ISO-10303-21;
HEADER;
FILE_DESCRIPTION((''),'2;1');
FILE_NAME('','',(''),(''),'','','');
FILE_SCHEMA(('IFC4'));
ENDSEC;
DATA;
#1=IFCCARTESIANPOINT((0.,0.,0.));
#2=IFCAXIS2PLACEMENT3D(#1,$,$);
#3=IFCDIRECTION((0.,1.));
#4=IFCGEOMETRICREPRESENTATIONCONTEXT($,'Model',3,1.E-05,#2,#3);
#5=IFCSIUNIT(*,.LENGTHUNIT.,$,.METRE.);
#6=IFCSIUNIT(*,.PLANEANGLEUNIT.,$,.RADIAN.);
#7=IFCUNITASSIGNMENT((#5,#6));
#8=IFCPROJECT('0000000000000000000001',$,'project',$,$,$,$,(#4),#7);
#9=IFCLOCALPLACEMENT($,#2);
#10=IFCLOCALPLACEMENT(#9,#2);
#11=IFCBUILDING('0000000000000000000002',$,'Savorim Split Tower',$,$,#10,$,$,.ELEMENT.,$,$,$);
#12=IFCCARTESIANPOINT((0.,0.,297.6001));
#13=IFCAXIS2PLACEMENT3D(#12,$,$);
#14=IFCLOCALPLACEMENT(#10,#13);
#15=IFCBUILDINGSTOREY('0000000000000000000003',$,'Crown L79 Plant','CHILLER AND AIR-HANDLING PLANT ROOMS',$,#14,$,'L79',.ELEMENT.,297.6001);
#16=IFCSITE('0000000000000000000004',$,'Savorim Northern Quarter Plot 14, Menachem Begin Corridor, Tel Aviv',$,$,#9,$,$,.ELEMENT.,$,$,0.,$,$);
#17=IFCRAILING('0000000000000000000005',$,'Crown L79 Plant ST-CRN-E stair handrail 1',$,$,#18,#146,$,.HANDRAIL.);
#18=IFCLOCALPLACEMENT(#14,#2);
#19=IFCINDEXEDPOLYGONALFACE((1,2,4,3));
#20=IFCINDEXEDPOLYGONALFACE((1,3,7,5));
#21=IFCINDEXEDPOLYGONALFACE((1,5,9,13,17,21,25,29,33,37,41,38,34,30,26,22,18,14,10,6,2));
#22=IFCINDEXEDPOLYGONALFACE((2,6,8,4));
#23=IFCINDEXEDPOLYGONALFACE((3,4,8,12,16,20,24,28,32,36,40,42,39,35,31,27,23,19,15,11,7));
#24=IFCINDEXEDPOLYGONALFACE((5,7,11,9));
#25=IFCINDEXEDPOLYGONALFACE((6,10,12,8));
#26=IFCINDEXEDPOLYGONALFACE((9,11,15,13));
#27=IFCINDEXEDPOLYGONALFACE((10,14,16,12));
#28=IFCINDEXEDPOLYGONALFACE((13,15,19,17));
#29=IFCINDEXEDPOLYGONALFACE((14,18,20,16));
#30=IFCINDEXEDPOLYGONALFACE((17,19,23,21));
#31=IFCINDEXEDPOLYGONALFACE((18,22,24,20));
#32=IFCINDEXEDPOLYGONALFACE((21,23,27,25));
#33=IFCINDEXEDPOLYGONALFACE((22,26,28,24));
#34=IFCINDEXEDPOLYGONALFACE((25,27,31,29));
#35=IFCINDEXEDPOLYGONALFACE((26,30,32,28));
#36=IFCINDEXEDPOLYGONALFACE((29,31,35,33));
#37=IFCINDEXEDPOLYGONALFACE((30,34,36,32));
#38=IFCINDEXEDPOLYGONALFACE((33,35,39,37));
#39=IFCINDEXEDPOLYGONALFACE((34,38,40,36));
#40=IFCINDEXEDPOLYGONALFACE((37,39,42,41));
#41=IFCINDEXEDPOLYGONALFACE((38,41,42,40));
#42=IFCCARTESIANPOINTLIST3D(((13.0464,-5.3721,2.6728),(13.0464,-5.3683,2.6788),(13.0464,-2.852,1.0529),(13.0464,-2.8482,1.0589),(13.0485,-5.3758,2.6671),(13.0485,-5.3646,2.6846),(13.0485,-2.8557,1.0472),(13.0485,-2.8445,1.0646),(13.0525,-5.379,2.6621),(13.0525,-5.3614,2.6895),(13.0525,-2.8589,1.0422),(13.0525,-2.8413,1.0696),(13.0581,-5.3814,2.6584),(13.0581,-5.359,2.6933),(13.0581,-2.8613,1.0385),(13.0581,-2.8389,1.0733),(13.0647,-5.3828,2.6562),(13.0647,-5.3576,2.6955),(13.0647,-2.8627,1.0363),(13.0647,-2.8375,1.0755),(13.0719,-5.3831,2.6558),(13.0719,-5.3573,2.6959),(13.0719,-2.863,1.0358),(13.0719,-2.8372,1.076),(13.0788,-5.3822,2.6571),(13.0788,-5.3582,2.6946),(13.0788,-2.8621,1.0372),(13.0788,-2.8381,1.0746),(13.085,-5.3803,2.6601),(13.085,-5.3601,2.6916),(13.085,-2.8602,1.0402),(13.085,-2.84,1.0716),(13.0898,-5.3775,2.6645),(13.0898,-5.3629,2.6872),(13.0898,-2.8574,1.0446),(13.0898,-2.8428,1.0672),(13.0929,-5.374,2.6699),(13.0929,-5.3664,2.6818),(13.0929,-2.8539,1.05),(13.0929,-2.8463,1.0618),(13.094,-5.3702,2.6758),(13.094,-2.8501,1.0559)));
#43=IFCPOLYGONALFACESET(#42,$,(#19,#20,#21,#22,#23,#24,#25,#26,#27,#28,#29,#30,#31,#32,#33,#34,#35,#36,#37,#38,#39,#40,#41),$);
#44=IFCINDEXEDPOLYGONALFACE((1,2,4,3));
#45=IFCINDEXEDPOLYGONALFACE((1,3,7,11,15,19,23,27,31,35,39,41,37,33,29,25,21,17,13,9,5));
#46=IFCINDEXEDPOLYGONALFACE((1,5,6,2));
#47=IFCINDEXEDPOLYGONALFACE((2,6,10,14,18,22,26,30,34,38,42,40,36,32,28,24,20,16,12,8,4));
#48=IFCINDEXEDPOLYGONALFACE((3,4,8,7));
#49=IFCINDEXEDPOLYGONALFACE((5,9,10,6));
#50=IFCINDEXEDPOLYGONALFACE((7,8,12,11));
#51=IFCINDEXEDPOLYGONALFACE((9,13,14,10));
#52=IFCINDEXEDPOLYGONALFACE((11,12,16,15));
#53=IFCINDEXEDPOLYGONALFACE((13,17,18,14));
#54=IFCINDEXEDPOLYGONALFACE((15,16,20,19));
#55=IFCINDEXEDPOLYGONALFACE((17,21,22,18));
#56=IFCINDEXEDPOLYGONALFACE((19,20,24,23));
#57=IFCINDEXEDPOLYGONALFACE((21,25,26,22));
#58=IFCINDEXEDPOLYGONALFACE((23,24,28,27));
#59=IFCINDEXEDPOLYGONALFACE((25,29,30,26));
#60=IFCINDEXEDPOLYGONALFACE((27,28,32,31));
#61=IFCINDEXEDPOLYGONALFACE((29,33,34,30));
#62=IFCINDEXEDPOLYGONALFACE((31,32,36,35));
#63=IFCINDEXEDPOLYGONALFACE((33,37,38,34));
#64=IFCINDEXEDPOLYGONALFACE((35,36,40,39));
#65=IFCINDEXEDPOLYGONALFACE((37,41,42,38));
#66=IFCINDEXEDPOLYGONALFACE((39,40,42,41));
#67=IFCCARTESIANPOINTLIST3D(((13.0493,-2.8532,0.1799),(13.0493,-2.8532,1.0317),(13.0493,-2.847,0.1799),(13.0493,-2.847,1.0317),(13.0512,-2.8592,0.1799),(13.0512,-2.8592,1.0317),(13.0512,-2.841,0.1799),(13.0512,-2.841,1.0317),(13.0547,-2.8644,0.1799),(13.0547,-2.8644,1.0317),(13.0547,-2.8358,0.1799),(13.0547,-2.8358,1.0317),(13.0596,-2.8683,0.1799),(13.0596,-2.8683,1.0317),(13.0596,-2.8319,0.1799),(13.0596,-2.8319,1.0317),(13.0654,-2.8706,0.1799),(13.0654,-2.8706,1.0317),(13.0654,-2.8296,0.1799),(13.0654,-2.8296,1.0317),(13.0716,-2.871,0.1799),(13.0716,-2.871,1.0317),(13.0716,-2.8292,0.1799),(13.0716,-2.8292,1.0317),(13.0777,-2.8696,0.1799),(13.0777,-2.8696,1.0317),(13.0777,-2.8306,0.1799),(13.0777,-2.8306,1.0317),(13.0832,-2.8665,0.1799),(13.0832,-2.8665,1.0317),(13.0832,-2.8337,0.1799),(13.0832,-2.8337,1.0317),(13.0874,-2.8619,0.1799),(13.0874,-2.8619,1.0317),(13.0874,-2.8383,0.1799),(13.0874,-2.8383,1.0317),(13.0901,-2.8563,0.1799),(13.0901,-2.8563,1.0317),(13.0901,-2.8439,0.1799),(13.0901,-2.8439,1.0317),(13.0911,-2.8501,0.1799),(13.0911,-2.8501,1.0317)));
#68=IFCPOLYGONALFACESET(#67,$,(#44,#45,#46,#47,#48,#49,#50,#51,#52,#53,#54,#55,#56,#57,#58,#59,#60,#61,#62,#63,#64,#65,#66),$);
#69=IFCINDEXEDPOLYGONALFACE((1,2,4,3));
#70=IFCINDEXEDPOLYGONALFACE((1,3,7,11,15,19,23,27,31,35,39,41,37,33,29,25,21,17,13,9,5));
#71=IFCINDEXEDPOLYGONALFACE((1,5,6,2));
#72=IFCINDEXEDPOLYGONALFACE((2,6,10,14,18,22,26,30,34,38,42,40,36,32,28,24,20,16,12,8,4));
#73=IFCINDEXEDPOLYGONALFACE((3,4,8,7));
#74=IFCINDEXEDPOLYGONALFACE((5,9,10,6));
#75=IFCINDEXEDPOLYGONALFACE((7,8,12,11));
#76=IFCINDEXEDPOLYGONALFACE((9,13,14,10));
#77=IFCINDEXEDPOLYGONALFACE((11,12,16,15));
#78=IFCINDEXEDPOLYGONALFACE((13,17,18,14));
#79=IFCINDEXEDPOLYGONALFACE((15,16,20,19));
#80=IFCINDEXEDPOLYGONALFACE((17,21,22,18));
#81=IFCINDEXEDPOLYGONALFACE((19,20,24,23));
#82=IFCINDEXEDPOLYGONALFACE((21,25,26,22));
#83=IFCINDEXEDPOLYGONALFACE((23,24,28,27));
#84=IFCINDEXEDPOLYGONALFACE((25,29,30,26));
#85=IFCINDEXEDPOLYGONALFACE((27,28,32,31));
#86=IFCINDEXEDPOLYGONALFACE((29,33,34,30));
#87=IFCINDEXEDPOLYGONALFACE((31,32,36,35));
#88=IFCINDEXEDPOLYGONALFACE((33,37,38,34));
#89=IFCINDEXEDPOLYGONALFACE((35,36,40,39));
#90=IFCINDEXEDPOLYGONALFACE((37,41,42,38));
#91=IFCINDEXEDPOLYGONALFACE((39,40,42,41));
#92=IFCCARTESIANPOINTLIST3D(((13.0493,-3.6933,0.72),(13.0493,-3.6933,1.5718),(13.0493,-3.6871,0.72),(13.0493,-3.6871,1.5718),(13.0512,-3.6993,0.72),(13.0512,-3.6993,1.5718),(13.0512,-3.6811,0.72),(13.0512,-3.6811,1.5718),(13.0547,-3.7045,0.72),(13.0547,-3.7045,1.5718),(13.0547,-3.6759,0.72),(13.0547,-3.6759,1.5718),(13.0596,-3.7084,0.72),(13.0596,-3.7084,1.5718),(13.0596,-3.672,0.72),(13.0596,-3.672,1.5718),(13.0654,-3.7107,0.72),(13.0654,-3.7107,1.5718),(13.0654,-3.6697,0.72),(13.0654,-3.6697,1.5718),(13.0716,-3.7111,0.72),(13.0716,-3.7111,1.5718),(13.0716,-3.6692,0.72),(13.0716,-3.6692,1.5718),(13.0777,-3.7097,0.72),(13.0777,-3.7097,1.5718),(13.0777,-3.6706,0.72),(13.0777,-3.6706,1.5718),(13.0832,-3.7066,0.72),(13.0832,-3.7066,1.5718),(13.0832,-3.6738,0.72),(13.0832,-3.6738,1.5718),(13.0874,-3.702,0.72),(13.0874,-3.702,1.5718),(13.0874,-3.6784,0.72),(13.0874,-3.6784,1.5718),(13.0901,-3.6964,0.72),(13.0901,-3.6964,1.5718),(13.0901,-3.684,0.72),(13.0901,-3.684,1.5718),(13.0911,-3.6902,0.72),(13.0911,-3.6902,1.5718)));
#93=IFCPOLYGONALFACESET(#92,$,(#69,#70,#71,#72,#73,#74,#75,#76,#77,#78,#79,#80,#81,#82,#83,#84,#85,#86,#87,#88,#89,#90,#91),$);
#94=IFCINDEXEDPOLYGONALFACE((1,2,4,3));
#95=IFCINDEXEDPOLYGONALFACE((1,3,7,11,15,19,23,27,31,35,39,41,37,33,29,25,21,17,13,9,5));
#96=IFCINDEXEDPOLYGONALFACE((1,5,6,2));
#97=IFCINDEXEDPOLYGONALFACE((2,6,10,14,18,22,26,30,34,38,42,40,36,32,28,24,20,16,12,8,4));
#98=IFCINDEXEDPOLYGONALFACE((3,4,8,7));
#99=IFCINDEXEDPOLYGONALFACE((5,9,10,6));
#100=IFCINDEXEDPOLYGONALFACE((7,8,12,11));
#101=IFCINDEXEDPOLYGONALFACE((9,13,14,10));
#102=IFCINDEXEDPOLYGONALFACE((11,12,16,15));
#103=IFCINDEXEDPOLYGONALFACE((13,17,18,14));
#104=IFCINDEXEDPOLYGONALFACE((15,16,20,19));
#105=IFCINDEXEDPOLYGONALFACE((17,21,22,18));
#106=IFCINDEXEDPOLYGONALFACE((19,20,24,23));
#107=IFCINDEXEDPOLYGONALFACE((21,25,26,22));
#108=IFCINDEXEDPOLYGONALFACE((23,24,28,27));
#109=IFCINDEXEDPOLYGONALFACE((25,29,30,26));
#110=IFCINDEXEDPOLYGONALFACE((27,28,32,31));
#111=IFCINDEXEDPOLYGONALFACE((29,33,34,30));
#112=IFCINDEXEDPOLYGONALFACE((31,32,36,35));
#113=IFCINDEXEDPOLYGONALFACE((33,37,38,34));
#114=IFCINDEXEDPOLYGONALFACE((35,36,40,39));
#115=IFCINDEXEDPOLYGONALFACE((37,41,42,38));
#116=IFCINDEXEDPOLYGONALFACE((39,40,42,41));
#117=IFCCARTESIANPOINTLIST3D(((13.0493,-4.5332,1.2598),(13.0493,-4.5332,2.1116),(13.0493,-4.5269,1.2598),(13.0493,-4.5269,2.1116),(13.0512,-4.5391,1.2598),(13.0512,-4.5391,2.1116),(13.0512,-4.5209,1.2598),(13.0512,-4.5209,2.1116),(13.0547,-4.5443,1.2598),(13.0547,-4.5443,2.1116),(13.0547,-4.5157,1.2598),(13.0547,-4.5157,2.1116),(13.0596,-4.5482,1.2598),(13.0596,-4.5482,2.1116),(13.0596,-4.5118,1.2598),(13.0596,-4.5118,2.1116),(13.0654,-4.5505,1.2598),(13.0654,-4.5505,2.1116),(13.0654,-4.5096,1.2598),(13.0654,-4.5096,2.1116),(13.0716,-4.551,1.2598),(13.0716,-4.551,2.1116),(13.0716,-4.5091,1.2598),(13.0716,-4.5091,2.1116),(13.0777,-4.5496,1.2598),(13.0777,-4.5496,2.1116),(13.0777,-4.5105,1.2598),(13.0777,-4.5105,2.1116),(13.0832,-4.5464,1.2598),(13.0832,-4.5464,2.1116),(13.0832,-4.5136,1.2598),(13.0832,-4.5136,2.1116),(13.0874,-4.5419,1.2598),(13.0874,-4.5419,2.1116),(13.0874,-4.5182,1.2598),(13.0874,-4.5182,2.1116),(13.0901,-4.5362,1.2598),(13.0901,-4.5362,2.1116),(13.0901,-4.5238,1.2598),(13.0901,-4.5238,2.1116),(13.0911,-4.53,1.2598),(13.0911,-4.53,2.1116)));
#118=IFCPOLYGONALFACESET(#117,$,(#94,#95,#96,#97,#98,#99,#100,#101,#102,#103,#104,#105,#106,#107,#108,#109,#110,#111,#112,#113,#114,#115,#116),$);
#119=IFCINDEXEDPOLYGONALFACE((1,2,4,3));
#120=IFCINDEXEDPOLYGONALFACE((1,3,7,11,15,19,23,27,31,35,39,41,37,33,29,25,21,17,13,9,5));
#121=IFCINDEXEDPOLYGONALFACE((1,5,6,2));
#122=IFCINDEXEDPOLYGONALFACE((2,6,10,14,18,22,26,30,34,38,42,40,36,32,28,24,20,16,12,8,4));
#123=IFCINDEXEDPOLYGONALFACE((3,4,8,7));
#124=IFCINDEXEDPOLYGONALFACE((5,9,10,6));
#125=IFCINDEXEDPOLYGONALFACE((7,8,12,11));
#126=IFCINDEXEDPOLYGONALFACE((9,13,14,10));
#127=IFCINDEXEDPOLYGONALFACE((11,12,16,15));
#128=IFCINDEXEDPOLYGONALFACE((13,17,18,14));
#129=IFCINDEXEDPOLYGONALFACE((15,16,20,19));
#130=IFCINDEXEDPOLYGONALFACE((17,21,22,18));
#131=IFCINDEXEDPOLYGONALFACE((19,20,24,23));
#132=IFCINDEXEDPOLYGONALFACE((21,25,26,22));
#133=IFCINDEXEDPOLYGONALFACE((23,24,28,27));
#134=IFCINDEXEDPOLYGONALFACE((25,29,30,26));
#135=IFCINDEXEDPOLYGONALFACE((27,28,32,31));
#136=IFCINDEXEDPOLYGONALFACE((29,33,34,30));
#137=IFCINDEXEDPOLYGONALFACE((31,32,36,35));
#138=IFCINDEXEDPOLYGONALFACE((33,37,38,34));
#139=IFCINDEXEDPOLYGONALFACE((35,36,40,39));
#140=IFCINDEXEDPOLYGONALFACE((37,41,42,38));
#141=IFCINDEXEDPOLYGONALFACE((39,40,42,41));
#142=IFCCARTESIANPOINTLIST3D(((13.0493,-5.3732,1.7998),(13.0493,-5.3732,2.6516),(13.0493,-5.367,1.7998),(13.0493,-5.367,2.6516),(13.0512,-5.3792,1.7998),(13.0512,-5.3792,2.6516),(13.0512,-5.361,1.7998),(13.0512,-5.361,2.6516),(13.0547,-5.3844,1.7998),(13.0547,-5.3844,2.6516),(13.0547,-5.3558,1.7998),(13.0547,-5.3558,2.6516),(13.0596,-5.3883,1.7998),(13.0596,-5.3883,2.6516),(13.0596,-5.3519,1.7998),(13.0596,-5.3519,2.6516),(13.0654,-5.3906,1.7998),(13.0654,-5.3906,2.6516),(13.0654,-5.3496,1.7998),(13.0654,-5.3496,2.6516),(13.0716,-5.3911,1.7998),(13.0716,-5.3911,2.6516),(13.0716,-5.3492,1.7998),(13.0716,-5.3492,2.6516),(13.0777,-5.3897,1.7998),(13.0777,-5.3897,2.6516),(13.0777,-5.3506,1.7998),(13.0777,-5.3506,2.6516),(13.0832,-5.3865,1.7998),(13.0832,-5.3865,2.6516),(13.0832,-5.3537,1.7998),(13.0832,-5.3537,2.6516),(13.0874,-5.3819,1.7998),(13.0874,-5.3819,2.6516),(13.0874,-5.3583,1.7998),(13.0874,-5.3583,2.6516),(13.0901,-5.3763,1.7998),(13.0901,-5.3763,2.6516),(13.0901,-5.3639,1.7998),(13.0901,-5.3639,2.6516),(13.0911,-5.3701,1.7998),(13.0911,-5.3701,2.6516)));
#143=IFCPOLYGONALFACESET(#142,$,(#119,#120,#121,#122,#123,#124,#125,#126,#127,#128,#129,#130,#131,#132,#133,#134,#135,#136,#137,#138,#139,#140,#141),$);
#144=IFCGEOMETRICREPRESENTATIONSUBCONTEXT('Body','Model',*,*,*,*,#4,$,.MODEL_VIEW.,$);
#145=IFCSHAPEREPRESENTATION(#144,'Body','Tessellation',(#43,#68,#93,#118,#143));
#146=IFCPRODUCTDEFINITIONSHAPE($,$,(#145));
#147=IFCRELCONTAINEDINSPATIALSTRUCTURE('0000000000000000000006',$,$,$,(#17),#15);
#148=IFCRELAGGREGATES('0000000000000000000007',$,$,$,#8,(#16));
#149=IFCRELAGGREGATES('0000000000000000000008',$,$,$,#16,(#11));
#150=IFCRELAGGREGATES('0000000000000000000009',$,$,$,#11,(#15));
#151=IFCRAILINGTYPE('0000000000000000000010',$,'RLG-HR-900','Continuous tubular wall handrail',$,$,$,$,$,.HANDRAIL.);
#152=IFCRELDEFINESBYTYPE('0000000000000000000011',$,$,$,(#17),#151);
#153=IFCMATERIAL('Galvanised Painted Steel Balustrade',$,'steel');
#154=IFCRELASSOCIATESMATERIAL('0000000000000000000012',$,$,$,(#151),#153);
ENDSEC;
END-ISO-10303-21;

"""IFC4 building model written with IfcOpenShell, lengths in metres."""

from ifc_helpers import new_model, si_unit, direction, frame, origin, origin_2d, place, context, subcontext, project, spatial, circle, extrude, material, type_object, element, save


model = new_model("IFC4")

# Units and contexts
model_context = context("Model", 3, precision=1e-05, world=origin(), true_north=direction((0.0, 1.0)))
body_context = subcontext(model_context, "Body", "Model", "MODEL_VIEW")
ifc_project = project(units=[si_unit("LENGTHUNIT", "METRE"), si_unit("PLANEANGLEUNIT", "RADIAN")], contexts=[model_context])

# Site, building, storey
site_placement = place(None, origin())
site = spatial("IfcSite", under=ifc_project, at=site_placement, Name="Savorim Northern Quarter Plot 14, Menachem Begin Corridor, Tel Aviv", CompositionType="ELEMENT", RefElevation=0.0)
building_placement = place(site_placement, origin())
building = spatial("IfcBuilding", under=site, at=building_placement, Name="Savorim Split Tower", CompositionType="ELEMENT")
storey_placement = place(building_placement, frame((0.0, 0.0, 297.6001)))
storey = spatial("IfcBuildingStorey", under=building, at=storey_placement, Name="Crown L79 Plant", Description="CHILLER AND AIR-HANDLING PLANT ROOMS", LongName="L79", CompositionType="ELEMENT", Elevation=297.6001)

# Railing
ifc_material_1 = material(Name="Galvanised Painted Steel Balustrade", Category="steel")
railing_type_1 = type_object("IfcRailingType", Name="RLG-HR-900", Description="Continuous tubular wall handrail", PredefinedType="HANDRAIL", material=ifc_material_1)
railing_1_placement = place(storey_placement, frame((13.0701, -2.8501, 0.1799)))
element("IfcRailing", 1, at=railing_1_placement, inside=storey, type_object=railing_type_1, Name="Crown L79 Plant ST-CRN-E stair handrail 1", PredefinedType="HANDRAIL", context=body_context, shape_type="SweptSolid", body=[
    extrude(circle(Radius=0.0239, at=origin_2d()), frame((0.0, 0.0, 0.876), z_axis=(0.0, -0.8412, 0.540725), x_axis=(1.0, 0.0, 0.0)), (0.0, 0.0, 1.0), 2.9958),
    extrude(circle(Radius=0.021, at=origin_2d()), origin(), (0.0, 0.0, 1.0), 0.8518),
    extrude(circle(Radius=0.021, at=origin_2d()), frame((0.0, -0.8401, 0.54)), (0.0, 0.0, 1.0), 0.8518),
    extrude(circle(Radius=0.021, at=origin_2d()), frame((0.0, -1.6799, 1.0798)), (0.0, 0.0, 1.0), 0.8518),
    extrude(circle(Radius=0.021, at=origin_2d()), frame((0.0, -2.52, 1.6199)), (0.0, 0.0, 1.0), 0.8518),
])

save(model, "model.ifc")
